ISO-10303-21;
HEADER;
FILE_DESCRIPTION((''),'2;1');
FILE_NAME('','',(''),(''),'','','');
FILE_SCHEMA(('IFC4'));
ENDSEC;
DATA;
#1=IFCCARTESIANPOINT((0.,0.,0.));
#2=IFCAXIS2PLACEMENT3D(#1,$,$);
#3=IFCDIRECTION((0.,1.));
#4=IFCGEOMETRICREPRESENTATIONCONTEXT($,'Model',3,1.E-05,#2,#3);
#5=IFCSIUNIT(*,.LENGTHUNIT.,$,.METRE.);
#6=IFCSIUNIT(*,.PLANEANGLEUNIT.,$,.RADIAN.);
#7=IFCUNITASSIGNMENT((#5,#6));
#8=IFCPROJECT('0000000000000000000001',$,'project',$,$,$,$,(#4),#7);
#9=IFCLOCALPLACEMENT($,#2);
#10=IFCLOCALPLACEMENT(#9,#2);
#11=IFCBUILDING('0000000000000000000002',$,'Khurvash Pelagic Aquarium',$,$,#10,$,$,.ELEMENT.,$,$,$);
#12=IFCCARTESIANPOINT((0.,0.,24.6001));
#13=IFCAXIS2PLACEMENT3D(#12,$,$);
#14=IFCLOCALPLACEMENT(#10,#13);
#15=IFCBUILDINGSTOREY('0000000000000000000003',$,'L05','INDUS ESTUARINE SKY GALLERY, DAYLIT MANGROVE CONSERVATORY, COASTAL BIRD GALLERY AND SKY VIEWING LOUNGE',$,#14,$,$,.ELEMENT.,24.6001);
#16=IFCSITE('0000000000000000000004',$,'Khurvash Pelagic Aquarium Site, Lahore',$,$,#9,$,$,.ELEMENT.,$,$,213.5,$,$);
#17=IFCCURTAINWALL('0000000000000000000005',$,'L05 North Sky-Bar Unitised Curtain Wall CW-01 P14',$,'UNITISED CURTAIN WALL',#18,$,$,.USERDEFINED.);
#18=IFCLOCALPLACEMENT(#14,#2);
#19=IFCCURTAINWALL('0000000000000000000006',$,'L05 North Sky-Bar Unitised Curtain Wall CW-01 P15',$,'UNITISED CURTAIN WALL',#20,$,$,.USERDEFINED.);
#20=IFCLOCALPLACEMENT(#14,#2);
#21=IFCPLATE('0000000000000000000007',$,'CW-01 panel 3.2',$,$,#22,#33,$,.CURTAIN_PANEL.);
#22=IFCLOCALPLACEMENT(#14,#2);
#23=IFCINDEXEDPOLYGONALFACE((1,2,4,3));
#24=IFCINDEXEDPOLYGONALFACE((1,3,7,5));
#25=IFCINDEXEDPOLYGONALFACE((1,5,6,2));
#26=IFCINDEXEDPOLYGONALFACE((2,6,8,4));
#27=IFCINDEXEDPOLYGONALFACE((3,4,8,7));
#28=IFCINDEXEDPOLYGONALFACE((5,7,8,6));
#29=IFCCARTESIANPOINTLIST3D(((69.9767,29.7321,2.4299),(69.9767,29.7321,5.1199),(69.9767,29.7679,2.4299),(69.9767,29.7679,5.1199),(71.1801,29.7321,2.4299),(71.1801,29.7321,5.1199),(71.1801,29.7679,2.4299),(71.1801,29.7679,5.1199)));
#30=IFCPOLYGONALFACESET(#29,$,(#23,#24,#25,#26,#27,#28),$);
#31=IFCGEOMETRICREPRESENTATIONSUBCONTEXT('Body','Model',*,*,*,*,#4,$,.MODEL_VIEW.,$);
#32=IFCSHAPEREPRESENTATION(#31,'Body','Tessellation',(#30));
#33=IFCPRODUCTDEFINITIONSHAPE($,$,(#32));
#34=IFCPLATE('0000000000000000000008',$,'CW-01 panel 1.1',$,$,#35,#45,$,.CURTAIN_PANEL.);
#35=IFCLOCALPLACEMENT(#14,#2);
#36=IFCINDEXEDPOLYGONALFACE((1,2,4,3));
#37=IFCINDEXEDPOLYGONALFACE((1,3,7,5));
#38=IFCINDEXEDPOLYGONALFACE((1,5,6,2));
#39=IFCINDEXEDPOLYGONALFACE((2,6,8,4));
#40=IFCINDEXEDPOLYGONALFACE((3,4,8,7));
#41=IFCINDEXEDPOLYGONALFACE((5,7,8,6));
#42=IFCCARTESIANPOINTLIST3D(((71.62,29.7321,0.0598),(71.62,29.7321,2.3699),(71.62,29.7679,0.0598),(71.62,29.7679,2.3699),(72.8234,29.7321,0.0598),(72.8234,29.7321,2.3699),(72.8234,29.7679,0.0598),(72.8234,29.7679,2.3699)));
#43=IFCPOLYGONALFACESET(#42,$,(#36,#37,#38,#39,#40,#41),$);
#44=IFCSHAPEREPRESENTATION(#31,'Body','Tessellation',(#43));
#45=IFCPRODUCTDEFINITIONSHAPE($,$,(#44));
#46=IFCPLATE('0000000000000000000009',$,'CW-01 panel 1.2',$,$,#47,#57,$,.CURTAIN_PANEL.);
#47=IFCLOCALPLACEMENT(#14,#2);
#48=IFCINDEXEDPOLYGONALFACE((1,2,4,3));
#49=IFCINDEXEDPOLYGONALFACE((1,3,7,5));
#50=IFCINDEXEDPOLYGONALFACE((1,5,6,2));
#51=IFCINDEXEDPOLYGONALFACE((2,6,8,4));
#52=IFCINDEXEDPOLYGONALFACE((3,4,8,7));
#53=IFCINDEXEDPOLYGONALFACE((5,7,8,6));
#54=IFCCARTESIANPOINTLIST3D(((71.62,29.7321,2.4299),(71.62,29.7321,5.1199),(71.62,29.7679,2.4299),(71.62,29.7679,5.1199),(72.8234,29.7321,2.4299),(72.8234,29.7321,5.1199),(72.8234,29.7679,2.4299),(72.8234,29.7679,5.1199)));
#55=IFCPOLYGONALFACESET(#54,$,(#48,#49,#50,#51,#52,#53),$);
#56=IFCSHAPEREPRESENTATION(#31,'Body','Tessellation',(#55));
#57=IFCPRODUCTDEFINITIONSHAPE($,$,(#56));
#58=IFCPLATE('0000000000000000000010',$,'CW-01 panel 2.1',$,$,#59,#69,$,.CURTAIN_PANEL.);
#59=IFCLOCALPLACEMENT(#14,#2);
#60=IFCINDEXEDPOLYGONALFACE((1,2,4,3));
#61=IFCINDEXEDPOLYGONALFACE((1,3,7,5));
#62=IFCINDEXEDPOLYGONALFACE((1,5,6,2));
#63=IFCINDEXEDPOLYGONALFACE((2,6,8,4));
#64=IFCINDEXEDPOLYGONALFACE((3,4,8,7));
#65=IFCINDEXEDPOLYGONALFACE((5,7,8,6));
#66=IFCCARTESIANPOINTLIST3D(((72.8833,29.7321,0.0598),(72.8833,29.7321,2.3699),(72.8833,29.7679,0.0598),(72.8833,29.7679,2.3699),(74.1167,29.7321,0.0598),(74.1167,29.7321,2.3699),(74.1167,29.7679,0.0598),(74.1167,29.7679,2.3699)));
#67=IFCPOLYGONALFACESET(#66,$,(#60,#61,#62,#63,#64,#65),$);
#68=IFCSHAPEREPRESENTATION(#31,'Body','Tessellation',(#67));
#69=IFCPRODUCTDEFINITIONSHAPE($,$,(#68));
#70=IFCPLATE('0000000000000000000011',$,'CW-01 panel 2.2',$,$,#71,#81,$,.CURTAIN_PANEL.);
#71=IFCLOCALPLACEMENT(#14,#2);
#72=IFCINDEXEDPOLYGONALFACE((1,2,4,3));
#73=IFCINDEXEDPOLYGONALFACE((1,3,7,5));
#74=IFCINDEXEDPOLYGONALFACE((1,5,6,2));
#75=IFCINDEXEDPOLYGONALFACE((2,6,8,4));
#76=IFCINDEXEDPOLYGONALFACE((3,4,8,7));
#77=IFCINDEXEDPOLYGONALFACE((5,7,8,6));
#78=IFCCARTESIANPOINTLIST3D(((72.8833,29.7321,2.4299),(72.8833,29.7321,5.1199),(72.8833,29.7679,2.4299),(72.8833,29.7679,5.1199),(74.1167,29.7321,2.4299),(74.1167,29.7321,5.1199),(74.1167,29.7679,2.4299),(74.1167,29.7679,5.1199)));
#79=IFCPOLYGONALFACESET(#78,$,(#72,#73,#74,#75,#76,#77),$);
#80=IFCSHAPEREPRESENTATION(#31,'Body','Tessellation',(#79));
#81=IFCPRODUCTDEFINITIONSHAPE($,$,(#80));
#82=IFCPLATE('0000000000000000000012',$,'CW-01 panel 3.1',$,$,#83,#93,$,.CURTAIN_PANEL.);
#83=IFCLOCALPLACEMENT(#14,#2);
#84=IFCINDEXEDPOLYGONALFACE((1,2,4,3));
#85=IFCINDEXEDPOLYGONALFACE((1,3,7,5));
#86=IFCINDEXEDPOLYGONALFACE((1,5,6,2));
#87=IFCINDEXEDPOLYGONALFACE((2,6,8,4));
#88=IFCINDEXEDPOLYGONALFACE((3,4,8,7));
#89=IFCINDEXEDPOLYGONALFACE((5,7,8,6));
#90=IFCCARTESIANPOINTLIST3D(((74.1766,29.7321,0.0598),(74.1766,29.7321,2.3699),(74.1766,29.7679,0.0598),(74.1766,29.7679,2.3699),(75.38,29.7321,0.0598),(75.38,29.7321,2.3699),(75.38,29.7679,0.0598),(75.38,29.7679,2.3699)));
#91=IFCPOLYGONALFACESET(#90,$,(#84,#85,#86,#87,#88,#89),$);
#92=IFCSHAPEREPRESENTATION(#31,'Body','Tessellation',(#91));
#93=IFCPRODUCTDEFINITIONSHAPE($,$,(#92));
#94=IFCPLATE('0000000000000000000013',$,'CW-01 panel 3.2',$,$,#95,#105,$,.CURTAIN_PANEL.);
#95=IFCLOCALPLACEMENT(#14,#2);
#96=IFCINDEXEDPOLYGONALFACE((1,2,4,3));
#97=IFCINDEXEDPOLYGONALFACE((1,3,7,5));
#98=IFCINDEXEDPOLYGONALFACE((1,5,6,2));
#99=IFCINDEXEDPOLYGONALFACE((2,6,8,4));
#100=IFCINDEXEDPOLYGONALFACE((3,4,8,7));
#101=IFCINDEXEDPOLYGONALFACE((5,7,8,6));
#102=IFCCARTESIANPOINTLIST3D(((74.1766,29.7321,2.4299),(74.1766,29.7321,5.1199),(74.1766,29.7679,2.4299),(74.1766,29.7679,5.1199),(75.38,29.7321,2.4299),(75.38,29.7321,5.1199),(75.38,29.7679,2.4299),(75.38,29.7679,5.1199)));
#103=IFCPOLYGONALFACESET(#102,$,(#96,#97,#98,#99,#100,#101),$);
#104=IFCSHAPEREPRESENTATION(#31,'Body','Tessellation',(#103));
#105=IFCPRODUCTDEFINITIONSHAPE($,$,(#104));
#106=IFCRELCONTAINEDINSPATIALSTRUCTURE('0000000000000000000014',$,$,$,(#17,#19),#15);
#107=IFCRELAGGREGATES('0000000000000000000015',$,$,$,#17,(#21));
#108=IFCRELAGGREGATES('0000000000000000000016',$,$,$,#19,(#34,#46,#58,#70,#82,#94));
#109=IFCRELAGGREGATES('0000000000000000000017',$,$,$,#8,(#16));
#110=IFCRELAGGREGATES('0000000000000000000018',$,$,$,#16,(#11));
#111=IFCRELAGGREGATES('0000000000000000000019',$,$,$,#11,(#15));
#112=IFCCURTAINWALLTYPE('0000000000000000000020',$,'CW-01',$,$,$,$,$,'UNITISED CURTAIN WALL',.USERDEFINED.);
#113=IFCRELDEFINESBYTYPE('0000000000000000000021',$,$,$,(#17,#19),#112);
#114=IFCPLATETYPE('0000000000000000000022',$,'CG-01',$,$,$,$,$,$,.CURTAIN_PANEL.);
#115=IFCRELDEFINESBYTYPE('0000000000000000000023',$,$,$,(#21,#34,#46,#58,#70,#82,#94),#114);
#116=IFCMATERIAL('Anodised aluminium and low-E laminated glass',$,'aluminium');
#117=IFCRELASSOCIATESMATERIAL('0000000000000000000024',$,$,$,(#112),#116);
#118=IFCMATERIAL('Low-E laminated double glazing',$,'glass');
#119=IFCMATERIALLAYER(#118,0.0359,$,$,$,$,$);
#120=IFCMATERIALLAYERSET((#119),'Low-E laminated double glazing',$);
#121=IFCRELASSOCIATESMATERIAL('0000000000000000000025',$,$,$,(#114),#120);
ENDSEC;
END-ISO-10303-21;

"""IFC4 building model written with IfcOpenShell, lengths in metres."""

from ifc_helpers import new_model, si_unit, direction, frame, origin, origin_2d, place, context, subcontext, project, spatial, rectangle, extrude, material, layer, layer_set, type_object, element, aggregate, save


model = new_model("IFC4")

# Units and contexts
model_context = context("Model", 3, precision=1e-05, world=origin(), true_north=direction((0.0, 1.0)))
body_context = subcontext(model_context, "Body", "Model", "MODEL_VIEW")
ifc_project = project(units=[si_unit("LENGTHUNIT", "METRE"), si_unit("PLANEANGLEUNIT", "RADIAN")], contexts=[model_context])

# Site, building, storey
site_placement = place(None, origin())
site = spatial("IfcSite", under=ifc_project, at=site_placement, Name="Khurvash Pelagic Aquarium Site, Lahore", CompositionType="ELEMENT", RefElevation=213.5)
building_placement = place(site_placement, origin())
building = spatial("IfcBuilding", under=site, at=building_placement, Name="Khurvash Pelagic Aquarium", CompositionType="ELEMENT")
storey_placement = place(building_placement, frame((0.0, 0.0, 24.6001)))
storey = spatial("IfcBuildingStorey", under=building, at=storey_placement, Name="L05", Description="INDUS ESTUARINE SKY GALLERY, DAYLIT MANGROVE CONSERVATORY, COASTAL BIRD GALLERY AND SKY VIEWING LOUNGE", CompositionType="ELEMENT", Elevation=24.6001)

# Curtain wall
ifc_material_1 = material(Name="Anodised aluminium and low-E laminated glass", Category="aluminium")
curtain_wall_type = type_object("IfcCurtainWallType", Name="CW-01", ElementType="UNITISED CURTAIN WALL", PredefinedType="USERDEFINED", material=ifc_material_1)
curtain_wall_1_placement = place(storey_placement, origin())
curtain_wall_1 = element("IfcCurtainWall", 1, at=curtain_wall_1_placement, inside=storey, type_object=curtain_wall_type, Name="L05 North Sky-Bar Unitised Curtain Wall CW-01 P14", ObjectType="UNITISED CURTAIN WALL", PredefinedType="USERDEFINED")

# Curtain wall
curtain_wall_2_placement = place(storey_placement, origin())
curtain_wall_2 = element("IfcCurtainWall", 2, at=curtain_wall_2_placement, inside=storey, type_object=curtain_wall_type, Name="L05 North Sky-Bar Unitised Curtain Wall CW-01 P15", ObjectType="UNITISED CURTAIN WALL", PredefinedType="USERDEFINED")

# Plates
ifc_material_2 = material(Name="Low-E laminated double glazing", Category="glass")
ifc_layer = layer(ifc_material_2, 0.0359)
ifc_layer_set = layer_set([ifc_layer], Name="Low-E laminated double glazing")
plate_type = type_object("IfcPlateType", Name="CG-01", PredefinedType="CURTAIN_PANEL", material=ifc_layer_set)
plate_1_placement = place(storey_placement, frame((70.5784, 29.75, 2.4299), z_axis=(0.0, 0.0, 1.0), x_axis=(1.0, 0.0, 0.0)))
plate_1 = element("IfcPlate", 3, at=plate_1_placement, type_object=plate_type, Name="CW-01 panel 3.2", PredefinedType="CURTAIN_PANEL", context=body_context, shape_type="SweptSolid", body=[
    extrude(rectangle(XDim=1.2034, YDim=0.0359, at=origin_2d()), origin(), (0.0, 0.0, 1.0), 2.6899),
])
aggregate(curtain_wall_1, [plate_1])
plate_2_placement = place(storey_placement, frame((72.2217, 29.75, 0.0598), z_axis=(0.0, 0.0, 1.0), x_axis=(1.0, 0.0, 0.0)))
plate_2 = element("IfcPlate", 4, at=plate_2_placement, type_object=plate_type, Name="CW-01 panel 1.1", PredefinedType="CURTAIN_PANEL", context=body_context, shape_type="SweptSolid", body=[
    extrude(rectangle(XDim=1.2034, YDim=0.0359, at=origin_2d()), origin(), (0.0, 0.0, 1.0), 2.3101),
])
plate_3_placement = place(storey_placement, frame((72.2217, 29.75, 2.4299), z_axis=(0.0, 0.0, 1.0), x_axis=(1.0, 0.0, 0.0)))
plate_3 = element("IfcPlate", 5, at=plate_3_placement, type_object=plate_type, Name="CW-01 panel 1.2", PredefinedType="CURTAIN_PANEL", context=body_context, shape_type="SweptSolid", body=[
    extrude(rectangle(XDim=1.2034, YDim=0.0359, at=origin_2d()), origin(), (0.0, 0.0, 1.0), 2.6899),
])
plate_4_placement = place(storey_placement, frame((73.5, 29.75, 0.0598), z_axis=(0.0, 0.0, 1.0), x_axis=(1.0, 0.0, 0.0)))
plate_4 = element("IfcPlate", 6, at=plate_4_placement, type_object=plate_type, Name="CW-01 panel 2.1", PredefinedType="CURTAIN_PANEL", context=body_context, shape_type="SweptSolid", body=[
    extrude(rectangle(XDim=1.2334, YDim=0.0359, at=origin_2d()), origin(), (0.0, 0.0, 1.0), 2.3101),
])
plate_5_placement = place(storey_placement, frame((73.5, 29.75, 2.4299), z_axis=(0.0, 0.0, 1.0), x_axis=(1.0, 0.0, 0.0)))
plate_5 = element("IfcPlate", 7, at=plate_5_placement, type_object=plate_type, Name="CW-01 panel 2.2", PredefinedType="CURTAIN_PANEL", context=body_context, shape_type="SweptSolid", body=[
    extrude(rectangle(XDim=1.2334, YDim=0.0359, at=origin_2d()), origin(), (0.0, 0.0, 1.0), 2.6899),
])
plate_6_placement = place(storey_placement, frame((74.7783, 29.75, 0.0598), z_axis=(0.0, 0.0, 1.0), x_axis=(1.0, 0.0, 0.0)))
plate_6 = element("IfcPlate", 8, at=plate_6_placement, type_object=plate_type, Name="CW-01 panel 3.1", PredefinedType="CURTAIN_PANEL", context=body_context, shape_type="SweptSolid", body=[
    extrude(rectangle(XDim=1.2034, YDim=0.0359, at=origin_2d()), origin(), (0.0, 0.0, 1.0), 2.3101),
])
plate_7_placement = place(storey_placement, frame((74.7783, 29.75, 2.4299), z_axis=(0.0, 0.0, 1.0), x_axis=(1.0, 0.0, 0.0)))
plate_7 = element("IfcPlate", 9, at=plate_7_placement, type_object=plate_type, Name="CW-01 panel 3.2", PredefinedType="CURTAIN_PANEL", context=body_context, shape_type="SweptSolid", body=[
    extrude(rectangle(XDim=1.2034, YDim=0.0359, at=origin_2d()), origin(), (0.0, 0.0, 1.0), 2.6899),
])
aggregate(curtain_wall_2, [plate_2, plate_3, plate_4, plate_5, plate_6, plate_7])

save(model, "model.ifc")
